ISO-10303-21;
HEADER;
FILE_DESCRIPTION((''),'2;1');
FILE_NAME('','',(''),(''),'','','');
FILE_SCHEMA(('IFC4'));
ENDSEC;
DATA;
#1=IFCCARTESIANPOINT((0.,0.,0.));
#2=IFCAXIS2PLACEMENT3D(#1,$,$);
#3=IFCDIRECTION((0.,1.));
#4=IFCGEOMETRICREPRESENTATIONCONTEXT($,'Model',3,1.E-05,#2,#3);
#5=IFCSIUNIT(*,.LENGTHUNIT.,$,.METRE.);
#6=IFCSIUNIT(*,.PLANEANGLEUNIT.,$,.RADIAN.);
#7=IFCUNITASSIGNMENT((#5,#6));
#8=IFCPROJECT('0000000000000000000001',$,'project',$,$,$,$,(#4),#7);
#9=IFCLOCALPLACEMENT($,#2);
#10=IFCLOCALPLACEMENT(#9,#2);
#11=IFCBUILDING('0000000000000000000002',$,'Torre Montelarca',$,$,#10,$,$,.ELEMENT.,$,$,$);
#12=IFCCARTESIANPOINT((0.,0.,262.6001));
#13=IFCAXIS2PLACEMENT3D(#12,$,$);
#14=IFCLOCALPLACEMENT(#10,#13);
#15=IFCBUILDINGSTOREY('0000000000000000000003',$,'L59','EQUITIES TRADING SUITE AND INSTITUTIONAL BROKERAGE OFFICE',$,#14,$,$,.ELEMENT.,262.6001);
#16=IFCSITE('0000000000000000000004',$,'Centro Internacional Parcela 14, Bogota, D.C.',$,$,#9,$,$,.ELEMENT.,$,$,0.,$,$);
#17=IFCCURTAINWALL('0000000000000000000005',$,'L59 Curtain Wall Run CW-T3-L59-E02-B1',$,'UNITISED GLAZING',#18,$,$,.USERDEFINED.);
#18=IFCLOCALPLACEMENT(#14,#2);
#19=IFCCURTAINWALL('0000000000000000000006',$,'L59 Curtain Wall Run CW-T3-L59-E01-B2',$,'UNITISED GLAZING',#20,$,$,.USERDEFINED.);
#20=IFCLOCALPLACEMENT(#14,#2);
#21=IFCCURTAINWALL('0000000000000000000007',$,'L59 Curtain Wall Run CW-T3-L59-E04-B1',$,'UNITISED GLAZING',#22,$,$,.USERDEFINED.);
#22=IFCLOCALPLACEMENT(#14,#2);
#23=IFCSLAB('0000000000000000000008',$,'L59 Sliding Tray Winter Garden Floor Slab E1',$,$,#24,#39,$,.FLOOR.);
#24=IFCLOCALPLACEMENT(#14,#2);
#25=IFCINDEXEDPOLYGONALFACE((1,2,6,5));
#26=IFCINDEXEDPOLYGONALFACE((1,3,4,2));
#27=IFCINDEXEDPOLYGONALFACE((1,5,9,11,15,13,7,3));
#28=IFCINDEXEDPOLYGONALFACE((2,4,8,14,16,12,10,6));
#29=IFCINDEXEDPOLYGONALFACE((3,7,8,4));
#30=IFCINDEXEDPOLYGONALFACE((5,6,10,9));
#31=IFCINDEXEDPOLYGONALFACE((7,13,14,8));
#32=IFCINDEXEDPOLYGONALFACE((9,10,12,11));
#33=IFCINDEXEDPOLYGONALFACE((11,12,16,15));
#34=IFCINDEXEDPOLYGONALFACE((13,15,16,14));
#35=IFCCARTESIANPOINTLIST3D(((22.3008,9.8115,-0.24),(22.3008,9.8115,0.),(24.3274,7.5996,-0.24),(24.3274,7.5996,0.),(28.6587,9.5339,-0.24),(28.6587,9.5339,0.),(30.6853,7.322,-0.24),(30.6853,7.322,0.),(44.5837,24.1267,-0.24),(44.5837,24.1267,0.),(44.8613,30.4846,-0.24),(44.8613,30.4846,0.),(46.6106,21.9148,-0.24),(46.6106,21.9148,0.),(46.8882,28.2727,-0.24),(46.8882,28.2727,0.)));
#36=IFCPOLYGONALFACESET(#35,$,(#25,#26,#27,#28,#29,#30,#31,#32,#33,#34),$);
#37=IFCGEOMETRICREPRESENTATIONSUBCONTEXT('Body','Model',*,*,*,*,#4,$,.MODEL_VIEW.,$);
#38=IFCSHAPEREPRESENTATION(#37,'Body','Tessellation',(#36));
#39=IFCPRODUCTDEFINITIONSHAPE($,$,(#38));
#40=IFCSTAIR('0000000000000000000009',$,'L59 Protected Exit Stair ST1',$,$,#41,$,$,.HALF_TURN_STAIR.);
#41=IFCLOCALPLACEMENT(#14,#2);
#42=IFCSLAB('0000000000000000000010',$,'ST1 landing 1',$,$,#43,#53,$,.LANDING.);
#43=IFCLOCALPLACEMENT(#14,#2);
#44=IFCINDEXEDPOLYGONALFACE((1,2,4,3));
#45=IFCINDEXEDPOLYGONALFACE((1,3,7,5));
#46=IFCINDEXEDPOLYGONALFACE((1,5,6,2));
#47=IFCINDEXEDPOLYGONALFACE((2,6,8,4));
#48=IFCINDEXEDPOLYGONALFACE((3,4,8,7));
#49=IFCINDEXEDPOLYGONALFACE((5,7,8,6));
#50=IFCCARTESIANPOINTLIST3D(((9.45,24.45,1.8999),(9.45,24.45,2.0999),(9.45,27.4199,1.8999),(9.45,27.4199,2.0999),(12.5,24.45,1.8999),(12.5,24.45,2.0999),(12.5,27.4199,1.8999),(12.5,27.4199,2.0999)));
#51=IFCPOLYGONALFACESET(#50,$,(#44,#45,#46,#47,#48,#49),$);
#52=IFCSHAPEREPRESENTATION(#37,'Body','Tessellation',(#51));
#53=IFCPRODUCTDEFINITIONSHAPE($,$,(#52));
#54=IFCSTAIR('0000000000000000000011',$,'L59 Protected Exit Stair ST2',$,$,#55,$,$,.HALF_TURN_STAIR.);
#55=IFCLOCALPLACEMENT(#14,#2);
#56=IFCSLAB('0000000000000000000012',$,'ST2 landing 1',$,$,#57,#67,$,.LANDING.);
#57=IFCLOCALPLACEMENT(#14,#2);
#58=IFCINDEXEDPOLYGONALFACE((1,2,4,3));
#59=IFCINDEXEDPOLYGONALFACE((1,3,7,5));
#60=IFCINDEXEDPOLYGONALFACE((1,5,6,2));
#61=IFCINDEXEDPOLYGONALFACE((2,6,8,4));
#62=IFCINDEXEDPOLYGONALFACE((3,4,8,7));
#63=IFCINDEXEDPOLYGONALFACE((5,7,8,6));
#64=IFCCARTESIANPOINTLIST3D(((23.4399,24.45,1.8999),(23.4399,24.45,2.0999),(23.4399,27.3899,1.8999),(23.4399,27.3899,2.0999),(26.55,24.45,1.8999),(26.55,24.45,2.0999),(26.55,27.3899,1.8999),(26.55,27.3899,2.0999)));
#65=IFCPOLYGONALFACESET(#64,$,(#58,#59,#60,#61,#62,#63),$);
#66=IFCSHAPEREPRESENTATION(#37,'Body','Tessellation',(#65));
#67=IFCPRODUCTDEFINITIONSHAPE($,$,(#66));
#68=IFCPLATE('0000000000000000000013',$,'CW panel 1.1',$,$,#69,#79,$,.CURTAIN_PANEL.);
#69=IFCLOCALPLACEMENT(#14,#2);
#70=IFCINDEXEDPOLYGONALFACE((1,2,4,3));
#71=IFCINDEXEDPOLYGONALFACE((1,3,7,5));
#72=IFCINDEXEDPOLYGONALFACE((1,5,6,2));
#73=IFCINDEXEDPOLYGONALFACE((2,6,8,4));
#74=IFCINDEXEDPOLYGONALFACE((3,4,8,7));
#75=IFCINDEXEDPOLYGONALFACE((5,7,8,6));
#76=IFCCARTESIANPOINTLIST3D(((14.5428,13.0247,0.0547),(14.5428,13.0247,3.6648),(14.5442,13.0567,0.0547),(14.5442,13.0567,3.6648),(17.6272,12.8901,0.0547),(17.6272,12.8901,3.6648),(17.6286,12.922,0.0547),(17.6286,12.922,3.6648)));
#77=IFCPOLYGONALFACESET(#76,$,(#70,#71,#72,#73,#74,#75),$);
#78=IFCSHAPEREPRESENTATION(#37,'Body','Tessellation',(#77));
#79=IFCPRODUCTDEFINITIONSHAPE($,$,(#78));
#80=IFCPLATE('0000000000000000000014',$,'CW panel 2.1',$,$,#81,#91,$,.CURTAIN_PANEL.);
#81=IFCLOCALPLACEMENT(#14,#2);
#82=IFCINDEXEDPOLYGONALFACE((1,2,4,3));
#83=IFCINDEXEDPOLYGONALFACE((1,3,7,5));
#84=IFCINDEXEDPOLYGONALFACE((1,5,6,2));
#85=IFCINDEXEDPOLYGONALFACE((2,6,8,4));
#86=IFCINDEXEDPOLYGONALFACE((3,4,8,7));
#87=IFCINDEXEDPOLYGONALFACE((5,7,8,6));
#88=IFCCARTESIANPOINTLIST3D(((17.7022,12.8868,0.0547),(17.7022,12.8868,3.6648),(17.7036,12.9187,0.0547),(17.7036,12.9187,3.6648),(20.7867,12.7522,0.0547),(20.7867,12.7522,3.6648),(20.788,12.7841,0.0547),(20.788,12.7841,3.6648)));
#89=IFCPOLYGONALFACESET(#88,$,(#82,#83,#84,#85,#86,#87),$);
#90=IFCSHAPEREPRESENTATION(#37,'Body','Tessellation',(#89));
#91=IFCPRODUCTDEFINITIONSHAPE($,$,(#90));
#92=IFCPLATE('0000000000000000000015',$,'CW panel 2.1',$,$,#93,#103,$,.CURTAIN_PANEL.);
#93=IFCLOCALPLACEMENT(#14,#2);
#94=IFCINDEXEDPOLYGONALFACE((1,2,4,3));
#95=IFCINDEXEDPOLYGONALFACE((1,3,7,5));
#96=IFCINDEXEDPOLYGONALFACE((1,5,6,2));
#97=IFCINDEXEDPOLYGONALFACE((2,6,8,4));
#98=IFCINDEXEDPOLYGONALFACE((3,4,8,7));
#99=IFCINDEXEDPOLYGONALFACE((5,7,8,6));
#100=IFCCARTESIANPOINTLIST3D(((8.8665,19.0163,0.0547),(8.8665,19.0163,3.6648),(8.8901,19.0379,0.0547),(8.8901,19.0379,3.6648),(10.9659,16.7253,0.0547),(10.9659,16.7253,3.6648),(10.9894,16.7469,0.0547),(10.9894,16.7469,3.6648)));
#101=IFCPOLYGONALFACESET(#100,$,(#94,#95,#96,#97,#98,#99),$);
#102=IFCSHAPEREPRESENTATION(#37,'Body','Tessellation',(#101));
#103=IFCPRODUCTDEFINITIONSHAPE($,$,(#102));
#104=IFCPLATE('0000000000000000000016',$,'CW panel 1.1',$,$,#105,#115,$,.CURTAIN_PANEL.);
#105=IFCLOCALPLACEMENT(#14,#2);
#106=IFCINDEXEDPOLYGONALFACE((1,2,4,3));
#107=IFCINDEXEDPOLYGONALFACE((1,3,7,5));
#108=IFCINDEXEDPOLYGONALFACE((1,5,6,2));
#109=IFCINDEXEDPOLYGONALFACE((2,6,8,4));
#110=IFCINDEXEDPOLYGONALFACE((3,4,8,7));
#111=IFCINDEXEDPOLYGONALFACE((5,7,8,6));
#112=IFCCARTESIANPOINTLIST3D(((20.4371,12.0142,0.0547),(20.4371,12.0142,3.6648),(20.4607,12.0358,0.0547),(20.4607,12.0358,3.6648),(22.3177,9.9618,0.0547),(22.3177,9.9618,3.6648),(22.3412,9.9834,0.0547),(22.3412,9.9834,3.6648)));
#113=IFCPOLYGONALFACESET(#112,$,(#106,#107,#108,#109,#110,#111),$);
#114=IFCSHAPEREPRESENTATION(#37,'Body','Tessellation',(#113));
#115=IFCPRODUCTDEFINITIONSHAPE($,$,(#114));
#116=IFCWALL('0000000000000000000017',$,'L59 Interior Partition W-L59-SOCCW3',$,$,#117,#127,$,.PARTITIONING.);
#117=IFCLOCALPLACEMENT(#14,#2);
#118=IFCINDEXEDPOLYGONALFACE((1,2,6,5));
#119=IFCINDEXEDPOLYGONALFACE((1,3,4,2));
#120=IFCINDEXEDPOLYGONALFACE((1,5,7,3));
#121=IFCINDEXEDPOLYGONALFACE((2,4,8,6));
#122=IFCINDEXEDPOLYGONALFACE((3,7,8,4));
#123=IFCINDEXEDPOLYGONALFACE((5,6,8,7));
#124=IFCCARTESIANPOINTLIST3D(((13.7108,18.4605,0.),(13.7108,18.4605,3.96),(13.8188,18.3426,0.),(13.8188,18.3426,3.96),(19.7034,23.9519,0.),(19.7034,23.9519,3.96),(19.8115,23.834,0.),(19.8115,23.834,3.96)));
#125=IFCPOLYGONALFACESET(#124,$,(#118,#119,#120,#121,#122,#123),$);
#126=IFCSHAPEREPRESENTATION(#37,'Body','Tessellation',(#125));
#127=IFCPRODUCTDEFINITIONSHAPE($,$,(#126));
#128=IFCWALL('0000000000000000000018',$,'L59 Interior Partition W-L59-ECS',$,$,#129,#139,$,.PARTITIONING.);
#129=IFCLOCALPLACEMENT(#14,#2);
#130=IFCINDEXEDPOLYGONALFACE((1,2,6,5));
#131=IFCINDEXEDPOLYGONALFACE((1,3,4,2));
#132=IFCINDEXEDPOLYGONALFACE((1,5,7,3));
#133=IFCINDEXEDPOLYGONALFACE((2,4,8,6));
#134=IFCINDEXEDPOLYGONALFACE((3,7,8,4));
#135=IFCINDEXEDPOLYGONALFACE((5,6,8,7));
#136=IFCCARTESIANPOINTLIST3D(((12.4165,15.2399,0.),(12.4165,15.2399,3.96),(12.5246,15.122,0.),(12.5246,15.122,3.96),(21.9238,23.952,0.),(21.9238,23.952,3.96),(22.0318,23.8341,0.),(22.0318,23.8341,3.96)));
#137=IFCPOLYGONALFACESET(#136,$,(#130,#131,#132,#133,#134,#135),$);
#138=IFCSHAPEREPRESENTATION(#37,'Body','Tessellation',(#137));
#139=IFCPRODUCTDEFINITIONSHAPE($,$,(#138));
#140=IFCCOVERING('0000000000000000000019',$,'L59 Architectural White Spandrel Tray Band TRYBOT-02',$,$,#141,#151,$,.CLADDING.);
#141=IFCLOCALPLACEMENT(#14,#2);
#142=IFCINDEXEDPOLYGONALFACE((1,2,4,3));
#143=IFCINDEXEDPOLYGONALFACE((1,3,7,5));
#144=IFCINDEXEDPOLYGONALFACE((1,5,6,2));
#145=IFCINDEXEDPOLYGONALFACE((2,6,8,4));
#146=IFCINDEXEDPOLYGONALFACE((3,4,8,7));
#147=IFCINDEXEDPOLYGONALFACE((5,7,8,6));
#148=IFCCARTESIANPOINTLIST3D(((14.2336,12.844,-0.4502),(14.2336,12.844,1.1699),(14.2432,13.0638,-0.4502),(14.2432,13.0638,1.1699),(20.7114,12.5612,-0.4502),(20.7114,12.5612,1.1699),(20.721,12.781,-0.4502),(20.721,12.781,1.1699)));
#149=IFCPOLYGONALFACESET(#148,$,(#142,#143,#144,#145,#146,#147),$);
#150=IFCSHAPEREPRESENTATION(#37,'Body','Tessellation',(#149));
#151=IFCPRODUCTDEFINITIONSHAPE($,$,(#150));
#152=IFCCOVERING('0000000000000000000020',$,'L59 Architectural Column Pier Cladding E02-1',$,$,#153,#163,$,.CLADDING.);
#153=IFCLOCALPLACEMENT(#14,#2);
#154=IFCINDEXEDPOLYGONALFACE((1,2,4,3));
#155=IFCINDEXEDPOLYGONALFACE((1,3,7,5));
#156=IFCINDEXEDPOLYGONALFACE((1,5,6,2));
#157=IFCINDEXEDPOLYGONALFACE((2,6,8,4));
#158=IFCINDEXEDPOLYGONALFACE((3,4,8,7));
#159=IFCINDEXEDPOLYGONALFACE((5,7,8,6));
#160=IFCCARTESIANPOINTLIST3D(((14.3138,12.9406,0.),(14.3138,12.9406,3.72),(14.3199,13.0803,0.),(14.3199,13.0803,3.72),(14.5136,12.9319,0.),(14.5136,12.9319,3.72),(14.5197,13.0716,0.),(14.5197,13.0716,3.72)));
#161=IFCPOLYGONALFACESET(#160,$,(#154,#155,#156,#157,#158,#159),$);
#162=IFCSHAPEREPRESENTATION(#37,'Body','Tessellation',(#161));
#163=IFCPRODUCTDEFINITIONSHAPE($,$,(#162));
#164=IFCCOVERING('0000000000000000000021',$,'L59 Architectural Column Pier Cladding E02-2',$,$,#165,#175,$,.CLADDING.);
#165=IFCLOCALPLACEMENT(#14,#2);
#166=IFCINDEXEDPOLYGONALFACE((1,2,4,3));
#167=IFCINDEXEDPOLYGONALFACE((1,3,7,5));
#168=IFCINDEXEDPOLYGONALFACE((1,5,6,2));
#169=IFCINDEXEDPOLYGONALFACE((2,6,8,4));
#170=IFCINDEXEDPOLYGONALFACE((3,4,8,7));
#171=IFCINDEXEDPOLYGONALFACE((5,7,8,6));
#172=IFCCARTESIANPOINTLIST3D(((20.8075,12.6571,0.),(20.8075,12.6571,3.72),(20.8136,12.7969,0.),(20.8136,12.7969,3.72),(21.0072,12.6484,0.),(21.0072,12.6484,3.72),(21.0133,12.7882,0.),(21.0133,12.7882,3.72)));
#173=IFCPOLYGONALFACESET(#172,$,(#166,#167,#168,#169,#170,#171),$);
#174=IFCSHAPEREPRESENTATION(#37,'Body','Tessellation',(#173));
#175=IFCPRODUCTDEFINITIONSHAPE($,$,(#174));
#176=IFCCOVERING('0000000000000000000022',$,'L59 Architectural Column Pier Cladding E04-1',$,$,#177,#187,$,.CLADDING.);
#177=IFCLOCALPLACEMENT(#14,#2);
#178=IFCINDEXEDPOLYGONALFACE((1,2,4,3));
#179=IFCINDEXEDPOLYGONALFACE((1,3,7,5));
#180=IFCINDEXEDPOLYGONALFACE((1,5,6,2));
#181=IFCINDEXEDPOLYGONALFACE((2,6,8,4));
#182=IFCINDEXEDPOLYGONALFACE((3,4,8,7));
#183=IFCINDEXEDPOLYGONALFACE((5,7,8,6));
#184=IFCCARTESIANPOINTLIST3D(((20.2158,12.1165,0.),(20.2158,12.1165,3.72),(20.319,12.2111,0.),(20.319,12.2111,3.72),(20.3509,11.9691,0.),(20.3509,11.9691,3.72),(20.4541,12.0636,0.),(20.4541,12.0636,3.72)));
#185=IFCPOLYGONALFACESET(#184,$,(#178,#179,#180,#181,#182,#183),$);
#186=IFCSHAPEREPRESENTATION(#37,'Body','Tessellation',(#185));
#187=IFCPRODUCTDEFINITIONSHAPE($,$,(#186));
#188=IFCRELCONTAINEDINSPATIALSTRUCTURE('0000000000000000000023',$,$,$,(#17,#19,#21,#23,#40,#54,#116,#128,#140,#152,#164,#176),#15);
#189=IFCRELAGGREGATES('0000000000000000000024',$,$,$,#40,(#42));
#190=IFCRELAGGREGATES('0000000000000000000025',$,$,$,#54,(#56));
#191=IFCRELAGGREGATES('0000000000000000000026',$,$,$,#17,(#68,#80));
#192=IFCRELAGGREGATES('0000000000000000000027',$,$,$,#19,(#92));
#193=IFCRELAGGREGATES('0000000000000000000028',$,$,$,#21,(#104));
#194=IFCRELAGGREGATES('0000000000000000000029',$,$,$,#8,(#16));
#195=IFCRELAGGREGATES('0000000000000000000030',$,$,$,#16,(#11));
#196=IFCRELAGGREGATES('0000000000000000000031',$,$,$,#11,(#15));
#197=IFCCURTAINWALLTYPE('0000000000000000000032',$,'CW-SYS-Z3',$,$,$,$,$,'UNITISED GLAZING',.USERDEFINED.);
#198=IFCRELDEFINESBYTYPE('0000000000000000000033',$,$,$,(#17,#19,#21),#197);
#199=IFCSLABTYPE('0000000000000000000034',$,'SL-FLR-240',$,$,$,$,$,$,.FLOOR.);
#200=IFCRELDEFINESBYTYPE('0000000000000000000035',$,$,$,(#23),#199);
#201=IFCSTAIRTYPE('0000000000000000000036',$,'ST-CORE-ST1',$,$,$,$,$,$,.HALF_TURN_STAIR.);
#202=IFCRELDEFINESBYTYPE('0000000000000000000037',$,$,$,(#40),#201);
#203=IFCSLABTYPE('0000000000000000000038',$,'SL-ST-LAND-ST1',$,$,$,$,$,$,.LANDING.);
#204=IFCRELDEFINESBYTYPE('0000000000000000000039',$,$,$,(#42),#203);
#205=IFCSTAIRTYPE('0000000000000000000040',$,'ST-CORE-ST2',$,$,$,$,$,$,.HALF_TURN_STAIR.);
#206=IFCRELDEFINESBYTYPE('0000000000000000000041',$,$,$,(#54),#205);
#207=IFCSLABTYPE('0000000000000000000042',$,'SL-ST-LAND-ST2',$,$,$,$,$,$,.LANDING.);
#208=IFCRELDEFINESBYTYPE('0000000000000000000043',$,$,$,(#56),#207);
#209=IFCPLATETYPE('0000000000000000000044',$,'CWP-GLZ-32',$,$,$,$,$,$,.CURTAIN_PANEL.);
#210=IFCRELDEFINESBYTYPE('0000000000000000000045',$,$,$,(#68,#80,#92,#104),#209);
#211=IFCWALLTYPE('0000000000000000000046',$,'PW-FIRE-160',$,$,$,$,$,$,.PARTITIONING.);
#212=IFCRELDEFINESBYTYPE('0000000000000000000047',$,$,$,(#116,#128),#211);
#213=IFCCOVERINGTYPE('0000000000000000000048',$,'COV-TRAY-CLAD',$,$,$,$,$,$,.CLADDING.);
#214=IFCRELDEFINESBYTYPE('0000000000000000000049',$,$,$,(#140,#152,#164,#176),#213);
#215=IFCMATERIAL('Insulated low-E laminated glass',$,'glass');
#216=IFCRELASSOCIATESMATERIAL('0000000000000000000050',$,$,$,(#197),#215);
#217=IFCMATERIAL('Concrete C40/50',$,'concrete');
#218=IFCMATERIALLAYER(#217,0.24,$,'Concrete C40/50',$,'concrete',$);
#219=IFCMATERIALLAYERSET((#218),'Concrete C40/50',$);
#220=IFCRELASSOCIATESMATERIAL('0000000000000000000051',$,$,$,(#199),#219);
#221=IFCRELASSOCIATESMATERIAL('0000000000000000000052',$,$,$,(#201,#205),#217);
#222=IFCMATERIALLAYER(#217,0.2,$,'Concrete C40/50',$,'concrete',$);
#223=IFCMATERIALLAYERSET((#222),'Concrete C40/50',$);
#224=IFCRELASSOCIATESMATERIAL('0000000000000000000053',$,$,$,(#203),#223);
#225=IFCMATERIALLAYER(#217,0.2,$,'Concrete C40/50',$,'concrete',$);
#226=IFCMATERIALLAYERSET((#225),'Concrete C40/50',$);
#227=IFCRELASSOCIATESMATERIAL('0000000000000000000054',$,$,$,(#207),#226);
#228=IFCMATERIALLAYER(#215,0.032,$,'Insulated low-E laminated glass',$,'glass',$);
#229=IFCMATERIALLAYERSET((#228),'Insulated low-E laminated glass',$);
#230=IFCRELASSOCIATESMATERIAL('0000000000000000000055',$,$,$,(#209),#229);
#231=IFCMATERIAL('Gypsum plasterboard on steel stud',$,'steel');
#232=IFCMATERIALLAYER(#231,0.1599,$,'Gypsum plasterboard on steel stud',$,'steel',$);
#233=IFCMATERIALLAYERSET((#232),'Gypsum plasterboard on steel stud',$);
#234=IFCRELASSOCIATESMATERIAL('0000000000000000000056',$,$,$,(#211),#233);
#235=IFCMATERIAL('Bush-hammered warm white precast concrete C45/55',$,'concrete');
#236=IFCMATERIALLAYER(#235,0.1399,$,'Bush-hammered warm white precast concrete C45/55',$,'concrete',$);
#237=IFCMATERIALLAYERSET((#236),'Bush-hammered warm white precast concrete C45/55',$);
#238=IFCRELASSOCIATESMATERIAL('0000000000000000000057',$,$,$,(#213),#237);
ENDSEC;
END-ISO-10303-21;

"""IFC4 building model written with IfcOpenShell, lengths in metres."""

from ifc_helpers import new_model, si_unit, direction, frame, frame_2d, origin, origin_2d, place, context, subcontext, project, spatial, polyline, rectangle, outline, extrude, source, transform, mapped, material, layer, layer_set, type_object, element, aggregate, save


model = new_model("IFC4")

# Units and contexts
model_context = context("Model", 3, precision=1e-05, world=origin(), true_north=direction((0.0, 1.0)))
body_context = subcontext(model_context, "Body", "Model", "MODEL_VIEW")
ifc_project = project(units=[si_unit("LENGTHUNIT", "METRE"), si_unit("PLANEANGLEUNIT", "RADIAN")], contexts=[model_context])

# Site, building, storey
site_placement = place(None, origin())
site = spatial("IfcSite", under=ifc_project, at=site_placement, Name="Centro Internacional Parcela 14, Bogota, D.C.", CompositionType="ELEMENT", RefElevation=0.0)
building_placement = place(site_placement, origin())
building = spatial("IfcBuilding", under=site, at=building_placement, Name="Torre Montelarca", CompositionType="ELEMENT")
storey_placement = place(building_placement, frame((0.0, 0.0, 262.6001)))
storey = spatial("IfcBuildingStorey", under=building, at=storey_placement, Name="L59", Description="EQUITIES TRADING SUITE AND INSTITUTIONAL BROKERAGE OFFICE", CompositionType="ELEMENT", Elevation=262.6001)

# Curtain walls
ifc_material_1 = material(Name="Insulated low-E laminated glass", Category="glass")
curtain_wall_type = type_object("IfcCurtainWallType", Name="CW-SYS-Z3", ElementType="UNITISED GLAZING", PredefinedType="USERDEFINED", material=ifc_material_1)
curtain_wall_1_placement = place(storey_placement, origin())
curtain_wall_1 = element("IfcCurtainWall", 1, at=curtain_wall_1_placement, inside=storey, type_object=curtain_wall_type, Name="L59 Curtain Wall Run CW-T3-L59-E02-B1", ObjectType="UNITISED GLAZING", PredefinedType="USERDEFINED")
curtain_wall_2_placement = place(storey_placement, origin())
curtain_wall_2 = element("IfcCurtainWall", 2, at=curtain_wall_2_placement, inside=storey, type_object=curtain_wall_type, Name="L59 Curtain Wall Run CW-T3-L59-E01-B2", ObjectType="UNITISED GLAZING", PredefinedType="USERDEFINED")

# Curtain wall
curtain_wall_3_placement = place(storey_placement, origin())
curtain_wall_3 = element("IfcCurtainWall", 3, at=curtain_wall_3_placement, inside=storey, type_object=curtain_wall_type, Name="L59 Curtain Wall Run CW-T3-L59-E04-B1", ObjectType="UNITISED GLAZING", PredefinedType="USERDEFINED")

# Slab
ifc_material_2 = material(Name="Concrete C40/50", Category="concrete")
ifc_layer_1 = layer(ifc_material_2, 0.24, Name="Concrete C40/50", Category="concrete")
ifc_layer_set_1 = layer_set([ifc_layer_1], Name="Concrete C40/50")
slab_type_1 = type_object("IfcSlabType", Name="SL-FLR-240", PredefinedType="FLOOR", material=ifc_layer_set_1)
slab_1_placement = place(storey_placement, frame((0.0, 0.0, -0.24)))
element("IfcSlab", 4, at=slab_1_placement, inside=storey, type_object=slab_type_1, Name="L59 Sliding Tray Winter Garden Floor Slab E1", PredefinedType="FLOOR", context=body_context, shape_type="SweptSolid", body=[
    extrude(outline(polyline([(44.8613, 30.4846), (44.5837, 24.1267), (28.6587, 9.5339), (22.3008, 9.8115), (24.3274, 7.5996), (30.6853, 7.322), (46.6106, 21.9148), (46.8882, 28.2727), (44.8613, 30.4846)])), origin(), (0.0, 0.0, 1.0), 0.24),
])

# Stairs, slabs
stair_type_1 = type_object("IfcStairType", Name="ST-CORE-ST1", PredefinedType="HALF_TURN_STAIR", material=ifc_material_2)
stair_1_placement = place(storey_placement, origin())
stair_1 = element("IfcStair", 5, at=stair_1_placement, inside=storey, type_object=stair_type_1, Name="L59 Protected Exit Stair ST1", PredefinedType="HALF_TURN_STAIR")
ifc_layer_2 = layer(ifc_material_2, 0.2, Name="Concrete C40/50", Category="concrete")
ifc_layer_set_2 = layer_set([ifc_layer_2], Name="Concrete C40/50")
slab_type_2 = type_object("IfcSlabType", Name="SL-ST-LAND-ST1", PredefinedType="LANDING", material=ifc_layer_set_2)
slab_2_placement = place(storey_placement, frame((0.0, 0.0, 1.8999)))
slab_2 = element("IfcSlab", 6, at=slab_2_placement, type_object=slab_type_2, Name="ST1 landing 1", PredefinedType="LANDING", context=body_context, shape_type="SweptSolid", body=[
    extrude(outline(polyline([(9.45, 27.4199), (9.45, 24.45), (12.5, 24.45), (12.5, 27.4199), (9.45, 27.4199)])), origin(), (0.0, 0.0, 1.0), 0.2),
])
aggregate(stair_1, [slab_2])
stair_type_2 = type_object("IfcStairType", Name="ST-CORE-ST2", PredefinedType="HALF_TURN_STAIR", material=ifc_material_2)
stair_2_placement = place(storey_placement, origin())
stair_2 = element("IfcStair", 7, at=stair_2_placement, inside=storey, type_object=stair_type_2, Name="L59 Protected Exit Stair ST2", PredefinedType="HALF_TURN_STAIR")
ifc_layer_3 = layer(ifc_material_2, 0.2, Name="Concrete C40/50", Category="concrete")
ifc_layer_set_3 = layer_set([ifc_layer_3], Name="Concrete C40/50")
slab_type_3 = type_object("IfcSlabType", Name="SL-ST-LAND-ST2", PredefinedType="LANDING", material=ifc_layer_set_3)
slab_3_placement = place(storey_placement, frame((0.0, 0.0, 1.8999)))
slab_3 = element("IfcSlab", 8, at=slab_3_placement, type_object=slab_type_3, Name="ST2 landing 1", PredefinedType="LANDING", context=body_context, shape_type="SweptSolid", body=[
    extrude(outline(polyline([(23.4399, 27.3899), (23.4399, 24.45), (26.55, 24.45), (26.55, 27.3899), (23.4399, 27.3899)])), origin(), (0.0, 0.0, 1.0), 0.2),
])
aggregate(stair_2, [slab_3])

# Plates
ifc_layer_4 = layer(ifc_material_1, 0.032, Name="Insulated low-E laminated glass", Category="glass")
ifc_layer_set_4 = layer_set([ifc_layer_4], Name="Insulated low-E laminated glass")
plate_type = type_object("IfcPlateType", Name="CWP-GLZ-32", PredefinedType="CURTAIN_PANEL", material=ifc_layer_set_4)
shared_shape_1 = source(origin(), body_context, "Body", "SweptSolid", [
    extrude(rectangle(XDim=3.0874, YDim=0.032, at=origin_2d()), origin(), (0.0, 0.0, 1.0), 3.6101),
])
plate_1_placement = place(storey_placement, frame((16.0857, 12.9734, 0.0547), z_axis=(0.0, 0.0, 1.0), x_axis=(0.999049, -0.04361, 0.0)))
plate_1 = element("IfcPlate", 9, at=plate_1_placement, type_object=plate_type, Name="CW panel 1.1", PredefinedType="CURTAIN_PANEL", context=body_context, shape_type="MappedRepresentation", body=[
    mapped(shared_shape_1, transform((0.0, 0.0, 0.0), scale=1.0)),
])
plate_2_placement = place(storey_placement, frame((19.2451, 12.8354, 0.0547), z_axis=(0.0, 0.0, 1.0), x_axis=(0.999049, -0.04361, 0.0)))
plate_2 = element("IfcPlate", 10, at=plate_2_placement, type_object=plate_type, Name="CW panel 2.1", PredefinedType="CURTAIN_PANEL", context=body_context, shape_type="MappedRepresentation", body=[
    mapped(shared_shape_1, transform((0.0, 0.0, 0.0), scale=1.0)),
])
aggregate(curtain_wall_1, [plate_1, plate_2])
shared_shape_2 = source(origin(), body_context, "Body", "SweptSolid", [
    extrude(rectangle(XDim=3.1074, YDim=0.032, at=origin_2d()), origin(), (0.0, 0.0, 1.0), 3.6101),
])
plate_3_placement = place(storey_placement, frame((9.928, 17.8816, 0.0547), z_axis=(0.0, 0.0, 1.0), x_axis=(0.675588, -0.73728, 0.0)))
plate_3 = element("IfcPlate", 11, at=plate_3_placement, type_object=plate_type, Name="CW panel 2.1", PredefinedType="CURTAIN_PANEL", context=body_context, shape_type="MappedRepresentation", body=[
    mapped(shared_shape_2, transform((0.0, 0.0, 0.0), scale=1.0)),
])
aggregate(curtain_wall_2, [plate_3])
shared_shape_3 = source(origin(), body_context, "Body", "SweptSolid", [
    extrude(rectangle(XDim=2.7837, YDim=0.032, at=origin_2d()), origin(), (0.0, 0.0, 1.0), 3.6101),
])
plate_4_placement = place(storey_placement, frame((21.3892, 10.9988, 0.0547), z_axis=(0.0, 0.0, 1.0), x_axis=(0.675573, -0.737293, 0.0)))
plate_4 = element("IfcPlate", 12, at=plate_4_placement, type_object=plate_type, Name="CW panel 1.1", PredefinedType="CURTAIN_PANEL", context=body_context, shape_type="MappedRepresentation", body=[
    mapped(shared_shape_3, transform((0.0, 0.0, 0.0), scale=1.0)),
])
aggregate(curtain_wall_3, [plate_4])

# Walls
ifc_material_3 = material(Name="Gypsum plasterboard on steel stud", Category="steel")
ifc_layer_5 = layer(ifc_material_3, 0.1599, Name="Gypsum plasterboard on steel stud", Category="steel")
ifc_layer_set_5 = layer_set([ifc_layer_5], Name="Gypsum plasterboard on steel stud")
wall_type = type_object("IfcWallType", Name="PW-FIRE-160", PredefinedType="PARTITIONING", material=ifc_layer_set_5)
wall_1_placement = place(storey_placement, frame((13.7649, 18.4016, 0.0), z_axis=(0.0, 0.0, 1.0), x_axis=(0.737266, 0.675602, 0.0)))
element("IfcWall", 13, at=wall_1_placement, inside=storey, type_object=wall_type, Name="L59 Interior Partition W-L59-SOCCW3", PredefinedType="PARTITIONING", context=body_context, shape_type="SweptSolid", body=[
    extrude(rectangle(XDim=8.1282, YDim=0.1599, at=frame_2d((4.064, 0.0))), origin(), (0.0, 0.0, 1.0), 3.96),
])
wall_2_placement = place(storey_placement, frame((12.4705, 15.1809, 0.0), z_axis=(0.0, 0.0, 1.0), x_axis=(0.737266, 0.675603, 0.0)))
element("IfcWall", 14, at=wall_2_placement, inside=storey, type_object=wall_type, Name="L59 Interior Partition W-L59-ECS", PredefinedType="PARTITIONING", context=body_context, shape_type="SweptSolid", body=[
    extrude(rectangle(XDim=12.8953, YDim=0.1599, at=frame_2d((6.4478, 0.0))), origin(), (0.0, 0.0, 1.0), 3.96),
])

# Coverings
ifc_material_4 = material(Name="Bush-hammered warm white precast concrete C45/55", Category="concrete")
ifc_layer_6 = layer(ifc_material_4, 0.1399, Name="Bush-hammered warm white precast concrete C45/55", Category="concrete")
ifc_layer_set_6 = layer_set([ifc_layer_6], Name="Bush-hammered warm white precast concrete C45/55")
covering_type = type_object("IfcCoveringType", Name="COV-TRAY-CLAD", PredefinedType="CLADDING", material=ifc_layer_set_6)
shared_shape_4 = source(origin(), body_context, "Body", "SweptSolid", [
    extrude(rectangle(XDim=6.4839, YDim=0.22, at=origin_2d()), origin(), (0.0, 0.0, 1.0), 1.6201),
])
covering_1_placement = place(storey_placement, frame((17.4773, 12.8125, -0.4502), z_axis=(0.0, 0.0, 1.0), x_axis=(0.999048, -0.043621, 0.0)))
element("IfcCovering", 15, at=covering_1_placement, inside=storey, type_object=covering_type, Name="L59 Architectural White Spandrel Tray Band TRYBOT-02", PredefinedType="CLADDING", context=body_context, shape_type="MappedRepresentation", body=[
    mapped(shared_shape_4, transform((0.0, 0.0, 0.0), scale=1.0)),
])
shared_shape_5 = source(origin(), body_context, "Body", "SweptSolid", [
    extrude(rectangle(XDim=0.2, YDim=0.1399, at=origin_2d()), origin(), (0.0, 0.0, 1.0), 3.72),
])
for number, where, z_axis, x_axis, name in (
    (16, (14.4167, 13.0061, 0.0), (0.0, 0.0, 1.0), (0.999048, -0.043621, 0.0), "L59 Architectural Column Pier Cladding E02-1"),
    (17, (20.9104, 12.7227, 0.0), (0.0, 0.0, 1.0), (0.999048, -0.043621, 0.0), "L59 Architectural Column Pier Cladding E02-2"),
    (18, (20.335, 12.0901, 0.0), (0.0, 0.0, 1.0), (0.675585, -0.737282, 0.0), "L59 Architectural Column Pier Cladding E04-1"),
):
    element("IfcCovering", number, at=place(storey_placement, frame(where, z_axis=z_axis, x_axis=x_axis)), inside=storey, type_object=covering_type, Name=name, PredefinedType="CLADDING", context=body_context, shape_type="MappedRepresentation", body=[
        mapped(shared_shape_5, transform((0.0, 0.0, 0.0), scale=1.0)),
    ])

save(model, "model.ifc")
